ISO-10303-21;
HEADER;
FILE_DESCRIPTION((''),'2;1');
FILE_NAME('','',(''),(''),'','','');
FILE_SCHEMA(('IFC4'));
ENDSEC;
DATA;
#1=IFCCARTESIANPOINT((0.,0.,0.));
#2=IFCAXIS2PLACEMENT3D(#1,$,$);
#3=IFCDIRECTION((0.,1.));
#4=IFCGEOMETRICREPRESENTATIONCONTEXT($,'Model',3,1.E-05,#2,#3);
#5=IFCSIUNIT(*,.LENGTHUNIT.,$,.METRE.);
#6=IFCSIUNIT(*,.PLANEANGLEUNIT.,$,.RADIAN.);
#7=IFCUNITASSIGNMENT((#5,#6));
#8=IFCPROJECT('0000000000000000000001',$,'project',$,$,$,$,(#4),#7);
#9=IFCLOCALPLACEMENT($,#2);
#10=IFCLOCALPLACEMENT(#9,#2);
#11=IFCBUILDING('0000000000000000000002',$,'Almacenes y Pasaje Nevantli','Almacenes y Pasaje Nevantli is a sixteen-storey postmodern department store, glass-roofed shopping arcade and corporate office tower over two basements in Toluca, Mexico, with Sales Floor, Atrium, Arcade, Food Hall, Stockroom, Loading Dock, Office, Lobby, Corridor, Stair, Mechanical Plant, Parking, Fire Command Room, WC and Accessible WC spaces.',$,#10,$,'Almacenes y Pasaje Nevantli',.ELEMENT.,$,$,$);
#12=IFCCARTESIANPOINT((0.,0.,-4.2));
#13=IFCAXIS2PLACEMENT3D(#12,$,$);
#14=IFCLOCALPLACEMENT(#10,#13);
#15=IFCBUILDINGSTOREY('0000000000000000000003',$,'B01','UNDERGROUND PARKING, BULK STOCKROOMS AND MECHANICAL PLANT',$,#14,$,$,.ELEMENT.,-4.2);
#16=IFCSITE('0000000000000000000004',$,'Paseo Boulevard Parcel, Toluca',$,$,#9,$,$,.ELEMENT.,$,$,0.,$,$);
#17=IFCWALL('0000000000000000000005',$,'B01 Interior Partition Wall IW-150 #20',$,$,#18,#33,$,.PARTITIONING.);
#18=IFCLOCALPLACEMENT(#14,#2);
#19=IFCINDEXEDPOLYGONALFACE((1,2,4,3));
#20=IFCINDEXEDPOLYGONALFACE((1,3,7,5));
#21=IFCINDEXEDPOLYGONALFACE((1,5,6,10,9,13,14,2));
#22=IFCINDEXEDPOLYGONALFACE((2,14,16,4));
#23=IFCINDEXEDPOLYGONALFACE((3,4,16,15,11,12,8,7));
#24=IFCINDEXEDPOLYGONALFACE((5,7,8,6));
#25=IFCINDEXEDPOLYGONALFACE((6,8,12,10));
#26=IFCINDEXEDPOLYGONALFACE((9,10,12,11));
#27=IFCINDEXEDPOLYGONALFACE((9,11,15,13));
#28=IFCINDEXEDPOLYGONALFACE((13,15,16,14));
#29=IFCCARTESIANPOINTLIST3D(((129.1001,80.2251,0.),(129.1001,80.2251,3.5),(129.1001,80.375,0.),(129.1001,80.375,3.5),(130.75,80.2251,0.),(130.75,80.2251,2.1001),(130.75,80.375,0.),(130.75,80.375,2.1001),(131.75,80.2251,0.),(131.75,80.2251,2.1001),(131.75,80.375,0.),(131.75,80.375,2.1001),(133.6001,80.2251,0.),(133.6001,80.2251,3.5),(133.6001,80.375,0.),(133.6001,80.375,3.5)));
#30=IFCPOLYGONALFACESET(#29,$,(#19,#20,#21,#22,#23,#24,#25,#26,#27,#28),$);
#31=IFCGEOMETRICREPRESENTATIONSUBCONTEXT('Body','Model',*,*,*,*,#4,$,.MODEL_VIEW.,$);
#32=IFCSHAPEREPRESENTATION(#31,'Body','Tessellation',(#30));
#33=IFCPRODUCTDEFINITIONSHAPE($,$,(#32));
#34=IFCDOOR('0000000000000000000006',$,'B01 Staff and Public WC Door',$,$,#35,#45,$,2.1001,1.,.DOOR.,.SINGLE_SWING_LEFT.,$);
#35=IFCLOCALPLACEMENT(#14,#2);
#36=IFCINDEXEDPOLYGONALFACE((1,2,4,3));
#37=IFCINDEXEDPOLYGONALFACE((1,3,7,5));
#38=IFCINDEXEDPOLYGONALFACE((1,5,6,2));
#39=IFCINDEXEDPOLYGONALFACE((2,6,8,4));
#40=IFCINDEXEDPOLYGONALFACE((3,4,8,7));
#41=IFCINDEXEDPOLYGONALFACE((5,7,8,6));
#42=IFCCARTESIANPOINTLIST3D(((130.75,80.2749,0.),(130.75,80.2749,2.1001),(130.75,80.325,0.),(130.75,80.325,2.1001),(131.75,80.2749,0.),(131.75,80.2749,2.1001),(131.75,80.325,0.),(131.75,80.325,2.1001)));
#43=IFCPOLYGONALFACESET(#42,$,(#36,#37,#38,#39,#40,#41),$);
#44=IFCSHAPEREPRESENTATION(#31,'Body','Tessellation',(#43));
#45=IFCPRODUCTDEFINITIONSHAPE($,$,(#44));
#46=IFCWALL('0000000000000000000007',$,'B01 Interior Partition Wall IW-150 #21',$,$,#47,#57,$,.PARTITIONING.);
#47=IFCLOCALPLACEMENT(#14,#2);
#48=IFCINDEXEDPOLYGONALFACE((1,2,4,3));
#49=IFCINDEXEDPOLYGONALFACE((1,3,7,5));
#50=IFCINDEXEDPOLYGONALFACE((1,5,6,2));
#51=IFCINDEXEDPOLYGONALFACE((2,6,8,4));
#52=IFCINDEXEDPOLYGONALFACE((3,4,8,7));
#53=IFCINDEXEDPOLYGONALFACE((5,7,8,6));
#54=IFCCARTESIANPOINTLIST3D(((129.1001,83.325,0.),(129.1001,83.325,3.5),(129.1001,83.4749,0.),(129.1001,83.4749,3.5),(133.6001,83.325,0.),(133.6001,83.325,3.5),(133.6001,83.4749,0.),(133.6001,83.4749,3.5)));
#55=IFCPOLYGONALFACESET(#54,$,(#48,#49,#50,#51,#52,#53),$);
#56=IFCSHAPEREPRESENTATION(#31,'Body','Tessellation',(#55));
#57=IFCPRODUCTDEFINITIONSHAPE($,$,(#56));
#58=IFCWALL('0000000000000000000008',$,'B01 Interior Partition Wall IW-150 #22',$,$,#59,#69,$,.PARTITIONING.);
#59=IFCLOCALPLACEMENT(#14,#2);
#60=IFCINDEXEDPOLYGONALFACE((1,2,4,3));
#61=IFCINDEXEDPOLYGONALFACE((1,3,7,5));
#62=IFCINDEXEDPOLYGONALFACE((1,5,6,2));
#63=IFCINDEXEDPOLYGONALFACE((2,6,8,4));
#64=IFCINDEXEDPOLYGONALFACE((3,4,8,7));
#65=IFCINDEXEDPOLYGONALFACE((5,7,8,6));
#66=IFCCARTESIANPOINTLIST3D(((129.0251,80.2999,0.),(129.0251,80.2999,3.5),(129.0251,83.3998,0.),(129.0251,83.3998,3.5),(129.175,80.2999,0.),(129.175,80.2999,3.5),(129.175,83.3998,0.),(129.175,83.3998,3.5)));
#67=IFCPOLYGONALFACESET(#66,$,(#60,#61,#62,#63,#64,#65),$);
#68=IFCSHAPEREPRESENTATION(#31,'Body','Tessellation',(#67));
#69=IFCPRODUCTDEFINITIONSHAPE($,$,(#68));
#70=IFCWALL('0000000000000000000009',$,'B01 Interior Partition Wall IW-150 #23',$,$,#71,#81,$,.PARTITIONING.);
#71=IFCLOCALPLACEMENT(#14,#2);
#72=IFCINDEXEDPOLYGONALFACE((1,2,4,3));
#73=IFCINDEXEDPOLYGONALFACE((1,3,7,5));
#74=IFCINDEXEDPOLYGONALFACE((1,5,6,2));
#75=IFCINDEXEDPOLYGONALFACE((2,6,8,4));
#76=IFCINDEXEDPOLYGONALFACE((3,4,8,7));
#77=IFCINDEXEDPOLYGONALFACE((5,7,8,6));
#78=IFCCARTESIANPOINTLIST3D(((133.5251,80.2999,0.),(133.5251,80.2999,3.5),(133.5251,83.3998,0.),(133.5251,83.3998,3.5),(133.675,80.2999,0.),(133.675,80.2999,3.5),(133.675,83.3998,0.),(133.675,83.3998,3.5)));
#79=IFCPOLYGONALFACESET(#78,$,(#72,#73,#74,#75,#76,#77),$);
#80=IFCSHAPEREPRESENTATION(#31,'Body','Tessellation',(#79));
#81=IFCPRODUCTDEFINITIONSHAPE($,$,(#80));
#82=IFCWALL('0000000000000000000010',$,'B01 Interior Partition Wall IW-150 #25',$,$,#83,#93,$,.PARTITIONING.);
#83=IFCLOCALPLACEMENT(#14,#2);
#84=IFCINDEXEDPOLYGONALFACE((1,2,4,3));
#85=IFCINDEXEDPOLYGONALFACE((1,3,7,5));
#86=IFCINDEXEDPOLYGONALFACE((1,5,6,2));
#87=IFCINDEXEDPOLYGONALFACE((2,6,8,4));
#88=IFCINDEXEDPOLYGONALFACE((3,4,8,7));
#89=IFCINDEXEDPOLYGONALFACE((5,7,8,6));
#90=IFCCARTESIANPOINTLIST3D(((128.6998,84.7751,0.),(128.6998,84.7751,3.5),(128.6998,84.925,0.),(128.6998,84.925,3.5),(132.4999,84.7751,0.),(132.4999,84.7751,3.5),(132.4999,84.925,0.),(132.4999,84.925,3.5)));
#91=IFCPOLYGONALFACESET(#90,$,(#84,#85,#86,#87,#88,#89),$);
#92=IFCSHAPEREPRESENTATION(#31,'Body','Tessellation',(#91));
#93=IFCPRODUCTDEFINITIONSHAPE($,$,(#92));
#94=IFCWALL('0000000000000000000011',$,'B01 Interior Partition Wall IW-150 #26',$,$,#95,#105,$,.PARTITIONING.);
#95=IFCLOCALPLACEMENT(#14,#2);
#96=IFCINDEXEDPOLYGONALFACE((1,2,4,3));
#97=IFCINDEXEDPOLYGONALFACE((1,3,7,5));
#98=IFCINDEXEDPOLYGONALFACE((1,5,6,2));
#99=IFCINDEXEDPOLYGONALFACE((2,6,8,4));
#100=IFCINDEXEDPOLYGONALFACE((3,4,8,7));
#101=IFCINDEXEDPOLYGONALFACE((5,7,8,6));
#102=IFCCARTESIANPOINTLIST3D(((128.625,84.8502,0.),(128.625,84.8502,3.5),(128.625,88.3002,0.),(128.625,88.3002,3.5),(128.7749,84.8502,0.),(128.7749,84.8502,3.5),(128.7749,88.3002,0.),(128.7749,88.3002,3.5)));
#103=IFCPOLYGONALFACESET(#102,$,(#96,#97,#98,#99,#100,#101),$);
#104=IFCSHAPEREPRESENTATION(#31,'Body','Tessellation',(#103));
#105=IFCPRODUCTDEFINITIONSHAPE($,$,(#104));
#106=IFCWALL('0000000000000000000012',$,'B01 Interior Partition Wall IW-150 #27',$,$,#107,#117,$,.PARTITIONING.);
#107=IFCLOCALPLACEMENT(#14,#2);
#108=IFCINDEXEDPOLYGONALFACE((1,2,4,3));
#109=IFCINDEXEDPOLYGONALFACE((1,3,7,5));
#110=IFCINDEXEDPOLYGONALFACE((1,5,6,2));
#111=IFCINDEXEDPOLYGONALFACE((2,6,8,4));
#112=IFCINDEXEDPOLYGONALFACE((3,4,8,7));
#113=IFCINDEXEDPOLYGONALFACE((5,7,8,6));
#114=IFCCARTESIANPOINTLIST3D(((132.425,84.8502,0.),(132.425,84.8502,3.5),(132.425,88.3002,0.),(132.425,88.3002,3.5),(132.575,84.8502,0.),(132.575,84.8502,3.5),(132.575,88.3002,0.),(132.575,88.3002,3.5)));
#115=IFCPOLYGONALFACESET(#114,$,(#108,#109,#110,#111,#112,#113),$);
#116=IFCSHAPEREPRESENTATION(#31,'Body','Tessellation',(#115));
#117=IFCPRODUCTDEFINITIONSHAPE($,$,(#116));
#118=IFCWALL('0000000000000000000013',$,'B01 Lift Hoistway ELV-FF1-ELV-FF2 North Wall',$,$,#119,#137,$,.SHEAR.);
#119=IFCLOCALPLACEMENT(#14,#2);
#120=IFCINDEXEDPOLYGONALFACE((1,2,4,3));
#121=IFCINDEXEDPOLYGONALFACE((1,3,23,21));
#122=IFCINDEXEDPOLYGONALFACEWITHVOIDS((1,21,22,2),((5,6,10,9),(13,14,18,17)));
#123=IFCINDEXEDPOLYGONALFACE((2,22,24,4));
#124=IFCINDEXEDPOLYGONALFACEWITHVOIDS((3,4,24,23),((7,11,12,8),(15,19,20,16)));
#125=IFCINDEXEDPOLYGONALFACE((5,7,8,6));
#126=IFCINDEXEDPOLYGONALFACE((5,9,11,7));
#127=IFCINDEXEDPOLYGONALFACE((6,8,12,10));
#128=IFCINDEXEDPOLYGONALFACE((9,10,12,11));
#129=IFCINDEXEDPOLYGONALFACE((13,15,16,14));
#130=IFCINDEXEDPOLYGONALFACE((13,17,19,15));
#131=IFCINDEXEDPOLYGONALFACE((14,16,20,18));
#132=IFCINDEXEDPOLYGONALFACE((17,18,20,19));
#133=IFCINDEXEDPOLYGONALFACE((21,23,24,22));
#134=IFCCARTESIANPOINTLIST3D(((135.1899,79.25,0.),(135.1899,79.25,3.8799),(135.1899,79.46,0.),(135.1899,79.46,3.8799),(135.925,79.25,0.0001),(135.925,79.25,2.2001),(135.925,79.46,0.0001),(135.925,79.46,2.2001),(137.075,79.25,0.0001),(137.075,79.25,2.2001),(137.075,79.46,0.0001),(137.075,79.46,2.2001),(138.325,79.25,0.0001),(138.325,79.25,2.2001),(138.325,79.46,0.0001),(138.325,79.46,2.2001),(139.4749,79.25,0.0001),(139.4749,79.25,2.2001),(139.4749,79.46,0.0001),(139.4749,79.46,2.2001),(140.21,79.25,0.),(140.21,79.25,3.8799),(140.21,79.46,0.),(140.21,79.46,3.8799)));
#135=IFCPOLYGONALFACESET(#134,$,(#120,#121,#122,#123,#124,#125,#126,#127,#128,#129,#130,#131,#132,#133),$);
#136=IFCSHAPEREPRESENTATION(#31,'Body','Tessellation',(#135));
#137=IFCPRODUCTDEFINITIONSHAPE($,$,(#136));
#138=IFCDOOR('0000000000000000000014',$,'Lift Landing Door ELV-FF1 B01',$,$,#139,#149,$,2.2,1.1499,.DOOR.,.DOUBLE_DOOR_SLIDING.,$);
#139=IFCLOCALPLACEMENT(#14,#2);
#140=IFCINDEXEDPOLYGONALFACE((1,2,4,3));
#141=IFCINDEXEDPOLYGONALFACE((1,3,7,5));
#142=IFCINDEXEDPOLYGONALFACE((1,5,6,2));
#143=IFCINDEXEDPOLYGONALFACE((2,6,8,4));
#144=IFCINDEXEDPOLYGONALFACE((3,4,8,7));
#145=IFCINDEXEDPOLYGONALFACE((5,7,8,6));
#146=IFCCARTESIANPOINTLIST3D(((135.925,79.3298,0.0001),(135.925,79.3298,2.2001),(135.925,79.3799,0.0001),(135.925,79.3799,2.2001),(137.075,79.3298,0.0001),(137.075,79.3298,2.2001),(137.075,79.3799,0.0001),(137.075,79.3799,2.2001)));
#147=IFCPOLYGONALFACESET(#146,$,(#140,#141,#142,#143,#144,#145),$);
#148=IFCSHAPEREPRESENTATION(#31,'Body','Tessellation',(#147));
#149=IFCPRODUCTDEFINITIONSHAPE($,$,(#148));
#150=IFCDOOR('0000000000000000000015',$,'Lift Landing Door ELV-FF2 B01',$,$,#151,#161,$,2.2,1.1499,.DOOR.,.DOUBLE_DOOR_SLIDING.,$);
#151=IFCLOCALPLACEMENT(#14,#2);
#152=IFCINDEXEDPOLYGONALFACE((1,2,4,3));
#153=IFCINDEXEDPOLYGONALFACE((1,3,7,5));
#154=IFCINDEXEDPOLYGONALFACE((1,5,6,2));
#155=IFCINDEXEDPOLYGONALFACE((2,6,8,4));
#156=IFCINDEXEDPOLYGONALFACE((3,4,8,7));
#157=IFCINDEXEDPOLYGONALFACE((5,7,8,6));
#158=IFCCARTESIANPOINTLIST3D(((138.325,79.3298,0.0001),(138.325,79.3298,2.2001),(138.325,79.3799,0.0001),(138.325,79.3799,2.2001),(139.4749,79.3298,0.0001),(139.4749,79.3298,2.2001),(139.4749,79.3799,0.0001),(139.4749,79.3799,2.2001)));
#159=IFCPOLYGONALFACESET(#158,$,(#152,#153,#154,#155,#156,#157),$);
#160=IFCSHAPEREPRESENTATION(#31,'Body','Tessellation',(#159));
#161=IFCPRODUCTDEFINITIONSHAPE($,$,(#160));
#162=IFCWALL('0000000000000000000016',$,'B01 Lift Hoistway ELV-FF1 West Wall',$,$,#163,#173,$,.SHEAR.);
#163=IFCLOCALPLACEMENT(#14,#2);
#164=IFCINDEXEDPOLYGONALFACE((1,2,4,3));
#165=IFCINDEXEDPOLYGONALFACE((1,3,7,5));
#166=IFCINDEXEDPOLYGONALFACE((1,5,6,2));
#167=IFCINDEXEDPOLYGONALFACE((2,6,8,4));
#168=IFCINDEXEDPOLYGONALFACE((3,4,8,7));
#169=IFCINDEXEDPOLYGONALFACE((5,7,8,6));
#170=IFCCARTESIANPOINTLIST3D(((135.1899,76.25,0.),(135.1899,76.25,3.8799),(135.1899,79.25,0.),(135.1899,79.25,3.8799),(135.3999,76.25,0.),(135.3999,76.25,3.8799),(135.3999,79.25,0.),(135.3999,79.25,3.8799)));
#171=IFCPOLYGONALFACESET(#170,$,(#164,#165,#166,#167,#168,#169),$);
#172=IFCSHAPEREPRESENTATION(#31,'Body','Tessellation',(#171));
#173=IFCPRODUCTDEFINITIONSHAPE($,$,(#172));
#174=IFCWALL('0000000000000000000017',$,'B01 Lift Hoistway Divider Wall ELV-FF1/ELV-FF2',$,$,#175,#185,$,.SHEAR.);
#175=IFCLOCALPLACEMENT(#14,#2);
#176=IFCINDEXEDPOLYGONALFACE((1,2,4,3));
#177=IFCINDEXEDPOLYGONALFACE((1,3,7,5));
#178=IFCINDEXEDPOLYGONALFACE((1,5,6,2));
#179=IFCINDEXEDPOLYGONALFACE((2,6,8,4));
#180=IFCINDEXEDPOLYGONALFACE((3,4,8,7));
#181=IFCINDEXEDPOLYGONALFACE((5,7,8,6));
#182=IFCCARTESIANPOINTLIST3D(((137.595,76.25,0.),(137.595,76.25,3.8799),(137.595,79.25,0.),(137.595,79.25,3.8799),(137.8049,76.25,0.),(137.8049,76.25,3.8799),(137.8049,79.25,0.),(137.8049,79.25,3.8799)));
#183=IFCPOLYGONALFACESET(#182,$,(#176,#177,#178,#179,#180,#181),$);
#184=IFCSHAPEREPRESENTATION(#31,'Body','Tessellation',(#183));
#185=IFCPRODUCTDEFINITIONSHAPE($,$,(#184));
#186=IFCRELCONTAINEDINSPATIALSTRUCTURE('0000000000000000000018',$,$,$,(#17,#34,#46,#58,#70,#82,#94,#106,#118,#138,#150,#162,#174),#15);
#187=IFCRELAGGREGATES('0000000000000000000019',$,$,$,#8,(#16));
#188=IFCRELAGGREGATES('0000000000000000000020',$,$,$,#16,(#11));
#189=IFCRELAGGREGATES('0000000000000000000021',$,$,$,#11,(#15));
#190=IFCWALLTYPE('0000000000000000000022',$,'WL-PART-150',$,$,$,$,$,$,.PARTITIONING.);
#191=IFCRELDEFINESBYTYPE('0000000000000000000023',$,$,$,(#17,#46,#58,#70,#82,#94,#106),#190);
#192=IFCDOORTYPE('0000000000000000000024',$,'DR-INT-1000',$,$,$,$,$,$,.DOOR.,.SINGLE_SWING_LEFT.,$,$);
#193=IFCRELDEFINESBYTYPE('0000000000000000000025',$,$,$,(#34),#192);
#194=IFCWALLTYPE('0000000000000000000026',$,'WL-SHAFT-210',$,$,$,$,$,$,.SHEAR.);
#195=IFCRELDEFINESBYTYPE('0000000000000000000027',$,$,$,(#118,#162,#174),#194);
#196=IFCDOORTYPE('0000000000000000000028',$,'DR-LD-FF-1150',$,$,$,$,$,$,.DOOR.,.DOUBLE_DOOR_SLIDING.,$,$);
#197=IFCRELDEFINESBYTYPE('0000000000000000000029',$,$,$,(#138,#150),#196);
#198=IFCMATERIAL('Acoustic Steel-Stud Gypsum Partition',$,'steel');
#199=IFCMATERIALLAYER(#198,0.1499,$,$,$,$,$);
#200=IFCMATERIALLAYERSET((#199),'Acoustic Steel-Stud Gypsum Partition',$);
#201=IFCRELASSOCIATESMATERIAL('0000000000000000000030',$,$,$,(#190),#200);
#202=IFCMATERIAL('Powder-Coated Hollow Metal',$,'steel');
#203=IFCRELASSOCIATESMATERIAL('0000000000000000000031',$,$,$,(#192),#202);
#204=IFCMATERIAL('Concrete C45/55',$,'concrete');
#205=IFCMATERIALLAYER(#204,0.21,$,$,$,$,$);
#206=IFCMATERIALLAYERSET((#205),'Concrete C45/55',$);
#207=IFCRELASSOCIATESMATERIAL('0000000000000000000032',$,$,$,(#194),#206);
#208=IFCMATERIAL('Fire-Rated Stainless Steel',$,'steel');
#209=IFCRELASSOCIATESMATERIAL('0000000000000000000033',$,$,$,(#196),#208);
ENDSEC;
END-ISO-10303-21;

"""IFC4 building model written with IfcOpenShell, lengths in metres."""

from ifc_helpers import new_model, si_unit, direction, frame, frame_2d, origin, place, context, subcontext, project, spatial, rectangle, extrude, material, layer, layer_set, type_object, element, fill, save


model = new_model("IFC4")

# Units and contexts
model_context = context("Model", 3, precision=1e-05, world=origin(), true_north=direction((0.0, 1.0)))
body_context = subcontext(model_context, "Body", "Model", "MODEL_VIEW")
ifc_project = project(units=[si_unit("LENGTHUNIT", "METRE"), si_unit("PLANEANGLEUNIT", "RADIAN")], contexts=[model_context])

# Site, building, storey
site_placement = place(None, origin())
site = spatial("IfcSite", under=ifc_project, at=site_placement, Name="Paseo Boulevard Parcel, Toluca", CompositionType="ELEMENT", RefElevation=0.0)
building_placement = place(site_placement, origin())
building = spatial("IfcBuilding", under=site, at=building_placement, Name="Almacenes y Pasaje Nevantli", Description="Almacenes y Pasaje Nevantli is a sixteen-storey postmodern department store, glass-roofed shopping arcade and corporate office tower over two basements in Toluca, Mexico, with Sales Floor, Atrium, Arcade, Food Hall, Stockroom, Loading Dock, Office, Lobby, Corridor, Stair, Mechanical Plant, Parking, Fire Command Room, WC and Accessible WC spaces.", LongName="Almacenes y Pasaje Nevantli", CompositionType="ELEMENT")
storey_placement = place(building_placement, frame((0.0, 0.0, -4.2)))
storey = spatial("IfcBuildingStorey", under=building, at=storey_placement, Name="B01", Description="UNDERGROUND PARKING, BULK STOCKROOMS AND MECHANICAL PLANT", CompositionType="ELEMENT", Elevation=-4.2)

# Wall, opening, door
ifc_material_1 = material(Name="Acoustic Steel-Stud Gypsum Partition", Category="steel")
ifc_layer_1 = layer(ifc_material_1, 0.1499)
ifc_layer_set_1 = layer_set([ifc_layer_1], Name="Acoustic Steel-Stud Gypsum Partition")
wall_type_1 = type_object("IfcWallType", Name="WL-PART-150", PredefinedType="PARTITIONING", material=ifc_layer_set_1)
wall_1_placement = place(storey_placement, frame((129.1001, 80.3, 0.0), z_axis=(0.0, 0.0, 1.0), x_axis=(1.0, 0.0, 0.0)))
wall_1 = element("IfcWall", 1, at=wall_1_placement, inside=storey, type_object=wall_type_1, Name="B01 Interior Partition Wall IW-150 #20", PredefinedType="PARTITIONING", context=body_context, shape_type="SweptSolid", body=[
    extrude(rectangle(XDim=4.5, YDim=0.1499, at=frame_2d((2.25, 0.0))), origin(), (0.0, 0.0, 1.0), 3.5),
])
opening_1_placement = place(wall_1_placement, frame((1.6499, 0.0, 0.0)))
opening_1 = element("IfcOpeningElement", 2, at=opening_1_placement, cuts=wall_1, PredefinedType="OPENING", context=body_context, shape_type="SweptSolid", body=[
    extrude(rectangle(XDim=1.0, YDim=2.1001, at=frame_2d((0.5, 1.05))), frame((0.0, 0.085, 0.0), z_axis=(0.0, -1.0, 0.0), x_axis=(1.0, 0.0, 0.0)), (0.0, 0.0, 1.0), 0.1699),
])
ifc_material_2 = material(Name="Powder-Coated Hollow Metal", Category="steel")
door_type_1 = type_object("IfcDoorType", Name="DR-INT-1000", OperationType="SINGLE_SWING_LEFT", PredefinedType="DOOR", material=ifc_material_2)
door_1_placement = place(opening_1_placement, origin())
door_1 = element("IfcDoor", 3, at=door_1_placement, inside=storey, type_object=door_type_1, Name="B01 Staff and Public WC Door", OperationType="SINGLE_SWING_LEFT", OverallHeight=2.1001, OverallWidth=1.0, PredefinedType="DOOR", context=body_context, shape_type="SweptSolid", body=[
    extrude(rectangle(XDim=1.0, YDim=2.1001, at=frame_2d((0.5, 1.05))), frame((0.0, 0.0249, 0.0), z_axis=(0.0, -1.0, 0.0), x_axis=(1.0, 0.0, 0.0)), (0.0, 0.0, 1.0), 0.05),
])
fill(opening_1, door_1)

# Walls
wall_2_placement = place(storey_placement, frame((129.1001, 83.3999, 0.0), z_axis=(0.0, 0.0, 1.0), x_axis=(1.0, 0.0, 0.0)))
element("IfcWall", 4, at=wall_2_placement, inside=storey, type_object=wall_type_1, Name="B01 Interior Partition Wall IW-150 #21", PredefinedType="PARTITIONING", context=body_context, shape_type="SweptSolid", body=[
    extrude(rectangle(XDim=4.5, YDim=0.1499, at=frame_2d((2.25, 0.0))), origin(), (0.0, 0.0, 1.0), 3.5),
])
for number, where, z_axis, x_axis, name in (
    (5, (129.1001, 80.3, 0.0), (0.0, 0.0, 1.0), (0.0, 1.0, 0.0), "B01 Interior Partition Wall IW-150 #22"),
    (6, (133.6001, 80.3, 0.0), (0.0, 0.0, 1.0), (0.0, 1.0, 0.0), "B01 Interior Partition Wall IW-150 #23"),
):
    element("IfcWall", number, at=place(storey_placement, frame(where, z_axis=z_axis, x_axis=x_axis)), inside=storey, type_object=wall_type_1, Name=name, PredefinedType="PARTITIONING", context=body_context, shape_type="SweptSolid", body=[
        extrude(rectangle(XDim=3.0999, YDim=0.1499, at=frame_2d((1.5498, 0.0))), origin(), (0.0, 0.0, 1.0), 3.5),
    ])
wall_3_placement = place(storey_placement, frame((128.7, 84.8501, 0.0), z_axis=(0.0, 0.0, 1.0), x_axis=(1.0, 0.0, 0.0)))
element("IfcWall", 7, at=wall_3_placement, inside=storey, type_object=wall_type_1, Name="B01 Interior Partition Wall IW-150 #25", PredefinedType="PARTITIONING", context=body_context, shape_type="SweptSolid", body=[
    extrude(rectangle(XDim=3.8, YDim=0.1499, at=frame_2d((1.8999, 0.0))), origin(), (0.0, 0.0, 1.0), 3.5),
])
for number, where, z_axis, x_axis, name in (
    (8, (128.7, 84.8501, 0.0), (0.0, 0.0, 1.0), (0.0, 1.0, 0.0), "B01 Interior Partition Wall IW-150 #26"),
    (9, (132.5, 84.8501, 0.0), (0.0, 0.0, 1.0), (0.0, 1.0, 0.0), "B01 Interior Partition Wall IW-150 #27"),
):
    element("IfcWall", number, at=place(storey_placement, frame(where, z_axis=z_axis, x_axis=x_axis)), inside=storey, type_object=wall_type_1, Name=name, PredefinedType="PARTITIONING", context=body_context, shape_type="SweptSolid", body=[
        extrude(rectangle(XDim=3.45, YDim=0.1499, at=frame_2d((1.7251, 0.0))), origin(), (0.0, 0.0, 1.0), 3.5),
    ])

# Wall, openings, doors
ifc_material_3 = material(Name="Concrete C45/55", Category="concrete")
ifc_layer_2 = layer(ifc_material_3, 0.21)
ifc_layer_set_2 = layer_set([ifc_layer_2], Name="Concrete C45/55")
wall_type_2 = type_object("IfcWallType", Name="WL-SHAFT-210", PredefinedType="SHEAR", material=ifc_layer_set_2)
wall_4_placement = place(storey_placement, frame((135.1899, 79.355, 0.0), z_axis=(0.0, 0.0, 1.0), x_axis=(1.0, 0.0, 0.0)))
wall_4 = element("IfcWall", 10, at=wall_4_placement, inside=storey, type_object=wall_type_2, Name="B01 Lift Hoistway ELV-FF1-ELV-FF2 North Wall", PredefinedType="SHEAR", context=body_context, shape_type="SweptSolid", body=[
    extrude(rectangle(XDim=5.02, YDim=0.21, at=frame_2d((2.51, 0.0))), origin(), (0.0, 0.0, 1.0), 3.8799),
])
opening_2_placement = place(wall_4_placement, frame((0.7351, 0.0, 0.0)))
opening_2 = element("IfcOpeningElement", 11, at=opening_2_placement, cuts=wall_4, PredefinedType="OPENING", context=body_context, shape_type="SweptSolid", body=[
    extrude(rectangle(XDim=1.1499, YDim=2.2, at=frame_2d((0.575, 1.1001))), frame((0.0, 0.115, 0.0), z_axis=(0.0, -1.0, 0.0), x_axis=(1.0, 0.0, 0.0)), (0.0, 0.0, 1.0), 0.23),
])
opening_3_placement = place(wall_4_placement, frame((3.135, 0.0, 0.0)))
opening_3 = element("IfcOpeningElement", 12, at=opening_3_placement, cuts=wall_4, PredefinedType="OPENING", context=body_context, shape_type="SweptSolid", body=[
    extrude(rectangle(XDim=1.1499, YDim=2.2, at=frame_2d((0.575, 1.1001))), frame((0.0, 0.115, 0.0), z_axis=(0.0, -1.0, 0.0), x_axis=(1.0, 0.0, 0.0)), (0.0, 0.0, 1.0), 0.23),
])
ifc_material_4 = material(Name="Fire-Rated Stainless Steel", Category="steel")
door_type_2 = type_object("IfcDoorType", Name="DR-LD-FF-1150", OperationType="DOUBLE_DOOR_SLIDING", PredefinedType="DOOR", material=ifc_material_4)
door_2_placement = place(opening_2_placement, origin())
door_2 = element("IfcDoor", 13, at=door_2_placement, inside=storey, type_object=door_type_2, Name="Lift Landing Door ELV-FF1 B01", OperationType="DOUBLE_DOOR_SLIDING", OverallHeight=2.2, OverallWidth=1.1499, PredefinedType="DOOR", context=body_context, shape_type="SweptSolid", body=[
    extrude(rectangle(XDim=1.1499, YDim=2.2, at=frame_2d((0.575, 1.1001))), frame((0.0, 0.0249, 0.0), z_axis=(0.0, -1.0, 0.0), x_axis=(1.0, 0.0, 0.0)), (0.0, 0.0, 1.0), 0.05),
])
fill(opening_2, door_2)
door_3_placement = place(opening_3_placement, origin())
door_3 = element("IfcDoor", 14, at=door_3_placement, inside=storey, type_object=door_type_2, Name="Lift Landing Door ELV-FF2 B01", OperationType="DOUBLE_DOOR_SLIDING", OverallHeight=2.2, OverallWidth=1.1499, PredefinedType="DOOR", context=body_context, shape_type="SweptSolid", body=[
    extrude(rectangle(XDim=1.1499, YDim=2.2, at=frame_2d((0.575, 1.1001))), frame((0.0, 0.0249, 0.0), z_axis=(0.0, -1.0, 0.0), x_axis=(1.0, 0.0, 0.0)), (0.0, 0.0, 1.0), 0.05),
])
fill(opening_3, door_3)

# Walls
for number, where, z_axis, x_axis, name in (
    (15, (135.2949, 76.25, 0.0), (0.0, 0.0, 1.0), (0.0, 1.0, 0.0), "B01 Lift Hoistway ELV-FF1 West Wall"),
    (16, (137.7, 76.25, 0.0), (0.0, 0.0, 1.0), (0.0, 1.0, 0.0), "B01 Lift Hoistway Divider Wall ELV-FF1/ELV-FF2"),
):
    element("IfcWall", number, at=place(storey_placement, frame(where, z_axis=z_axis, x_axis=x_axis)), inside=storey, type_object=wall_type_2, Name=name, PredefinedType="SHEAR", context=body_context, shape_type="SweptSolid", body=[
        extrude(rectangle(XDim=3.0, YDim=0.21, at=frame_2d((1.5, 0.0))), origin(), (0.0, 0.0, 1.0), 3.8799),
    ])

save(model, "model.ifc")
